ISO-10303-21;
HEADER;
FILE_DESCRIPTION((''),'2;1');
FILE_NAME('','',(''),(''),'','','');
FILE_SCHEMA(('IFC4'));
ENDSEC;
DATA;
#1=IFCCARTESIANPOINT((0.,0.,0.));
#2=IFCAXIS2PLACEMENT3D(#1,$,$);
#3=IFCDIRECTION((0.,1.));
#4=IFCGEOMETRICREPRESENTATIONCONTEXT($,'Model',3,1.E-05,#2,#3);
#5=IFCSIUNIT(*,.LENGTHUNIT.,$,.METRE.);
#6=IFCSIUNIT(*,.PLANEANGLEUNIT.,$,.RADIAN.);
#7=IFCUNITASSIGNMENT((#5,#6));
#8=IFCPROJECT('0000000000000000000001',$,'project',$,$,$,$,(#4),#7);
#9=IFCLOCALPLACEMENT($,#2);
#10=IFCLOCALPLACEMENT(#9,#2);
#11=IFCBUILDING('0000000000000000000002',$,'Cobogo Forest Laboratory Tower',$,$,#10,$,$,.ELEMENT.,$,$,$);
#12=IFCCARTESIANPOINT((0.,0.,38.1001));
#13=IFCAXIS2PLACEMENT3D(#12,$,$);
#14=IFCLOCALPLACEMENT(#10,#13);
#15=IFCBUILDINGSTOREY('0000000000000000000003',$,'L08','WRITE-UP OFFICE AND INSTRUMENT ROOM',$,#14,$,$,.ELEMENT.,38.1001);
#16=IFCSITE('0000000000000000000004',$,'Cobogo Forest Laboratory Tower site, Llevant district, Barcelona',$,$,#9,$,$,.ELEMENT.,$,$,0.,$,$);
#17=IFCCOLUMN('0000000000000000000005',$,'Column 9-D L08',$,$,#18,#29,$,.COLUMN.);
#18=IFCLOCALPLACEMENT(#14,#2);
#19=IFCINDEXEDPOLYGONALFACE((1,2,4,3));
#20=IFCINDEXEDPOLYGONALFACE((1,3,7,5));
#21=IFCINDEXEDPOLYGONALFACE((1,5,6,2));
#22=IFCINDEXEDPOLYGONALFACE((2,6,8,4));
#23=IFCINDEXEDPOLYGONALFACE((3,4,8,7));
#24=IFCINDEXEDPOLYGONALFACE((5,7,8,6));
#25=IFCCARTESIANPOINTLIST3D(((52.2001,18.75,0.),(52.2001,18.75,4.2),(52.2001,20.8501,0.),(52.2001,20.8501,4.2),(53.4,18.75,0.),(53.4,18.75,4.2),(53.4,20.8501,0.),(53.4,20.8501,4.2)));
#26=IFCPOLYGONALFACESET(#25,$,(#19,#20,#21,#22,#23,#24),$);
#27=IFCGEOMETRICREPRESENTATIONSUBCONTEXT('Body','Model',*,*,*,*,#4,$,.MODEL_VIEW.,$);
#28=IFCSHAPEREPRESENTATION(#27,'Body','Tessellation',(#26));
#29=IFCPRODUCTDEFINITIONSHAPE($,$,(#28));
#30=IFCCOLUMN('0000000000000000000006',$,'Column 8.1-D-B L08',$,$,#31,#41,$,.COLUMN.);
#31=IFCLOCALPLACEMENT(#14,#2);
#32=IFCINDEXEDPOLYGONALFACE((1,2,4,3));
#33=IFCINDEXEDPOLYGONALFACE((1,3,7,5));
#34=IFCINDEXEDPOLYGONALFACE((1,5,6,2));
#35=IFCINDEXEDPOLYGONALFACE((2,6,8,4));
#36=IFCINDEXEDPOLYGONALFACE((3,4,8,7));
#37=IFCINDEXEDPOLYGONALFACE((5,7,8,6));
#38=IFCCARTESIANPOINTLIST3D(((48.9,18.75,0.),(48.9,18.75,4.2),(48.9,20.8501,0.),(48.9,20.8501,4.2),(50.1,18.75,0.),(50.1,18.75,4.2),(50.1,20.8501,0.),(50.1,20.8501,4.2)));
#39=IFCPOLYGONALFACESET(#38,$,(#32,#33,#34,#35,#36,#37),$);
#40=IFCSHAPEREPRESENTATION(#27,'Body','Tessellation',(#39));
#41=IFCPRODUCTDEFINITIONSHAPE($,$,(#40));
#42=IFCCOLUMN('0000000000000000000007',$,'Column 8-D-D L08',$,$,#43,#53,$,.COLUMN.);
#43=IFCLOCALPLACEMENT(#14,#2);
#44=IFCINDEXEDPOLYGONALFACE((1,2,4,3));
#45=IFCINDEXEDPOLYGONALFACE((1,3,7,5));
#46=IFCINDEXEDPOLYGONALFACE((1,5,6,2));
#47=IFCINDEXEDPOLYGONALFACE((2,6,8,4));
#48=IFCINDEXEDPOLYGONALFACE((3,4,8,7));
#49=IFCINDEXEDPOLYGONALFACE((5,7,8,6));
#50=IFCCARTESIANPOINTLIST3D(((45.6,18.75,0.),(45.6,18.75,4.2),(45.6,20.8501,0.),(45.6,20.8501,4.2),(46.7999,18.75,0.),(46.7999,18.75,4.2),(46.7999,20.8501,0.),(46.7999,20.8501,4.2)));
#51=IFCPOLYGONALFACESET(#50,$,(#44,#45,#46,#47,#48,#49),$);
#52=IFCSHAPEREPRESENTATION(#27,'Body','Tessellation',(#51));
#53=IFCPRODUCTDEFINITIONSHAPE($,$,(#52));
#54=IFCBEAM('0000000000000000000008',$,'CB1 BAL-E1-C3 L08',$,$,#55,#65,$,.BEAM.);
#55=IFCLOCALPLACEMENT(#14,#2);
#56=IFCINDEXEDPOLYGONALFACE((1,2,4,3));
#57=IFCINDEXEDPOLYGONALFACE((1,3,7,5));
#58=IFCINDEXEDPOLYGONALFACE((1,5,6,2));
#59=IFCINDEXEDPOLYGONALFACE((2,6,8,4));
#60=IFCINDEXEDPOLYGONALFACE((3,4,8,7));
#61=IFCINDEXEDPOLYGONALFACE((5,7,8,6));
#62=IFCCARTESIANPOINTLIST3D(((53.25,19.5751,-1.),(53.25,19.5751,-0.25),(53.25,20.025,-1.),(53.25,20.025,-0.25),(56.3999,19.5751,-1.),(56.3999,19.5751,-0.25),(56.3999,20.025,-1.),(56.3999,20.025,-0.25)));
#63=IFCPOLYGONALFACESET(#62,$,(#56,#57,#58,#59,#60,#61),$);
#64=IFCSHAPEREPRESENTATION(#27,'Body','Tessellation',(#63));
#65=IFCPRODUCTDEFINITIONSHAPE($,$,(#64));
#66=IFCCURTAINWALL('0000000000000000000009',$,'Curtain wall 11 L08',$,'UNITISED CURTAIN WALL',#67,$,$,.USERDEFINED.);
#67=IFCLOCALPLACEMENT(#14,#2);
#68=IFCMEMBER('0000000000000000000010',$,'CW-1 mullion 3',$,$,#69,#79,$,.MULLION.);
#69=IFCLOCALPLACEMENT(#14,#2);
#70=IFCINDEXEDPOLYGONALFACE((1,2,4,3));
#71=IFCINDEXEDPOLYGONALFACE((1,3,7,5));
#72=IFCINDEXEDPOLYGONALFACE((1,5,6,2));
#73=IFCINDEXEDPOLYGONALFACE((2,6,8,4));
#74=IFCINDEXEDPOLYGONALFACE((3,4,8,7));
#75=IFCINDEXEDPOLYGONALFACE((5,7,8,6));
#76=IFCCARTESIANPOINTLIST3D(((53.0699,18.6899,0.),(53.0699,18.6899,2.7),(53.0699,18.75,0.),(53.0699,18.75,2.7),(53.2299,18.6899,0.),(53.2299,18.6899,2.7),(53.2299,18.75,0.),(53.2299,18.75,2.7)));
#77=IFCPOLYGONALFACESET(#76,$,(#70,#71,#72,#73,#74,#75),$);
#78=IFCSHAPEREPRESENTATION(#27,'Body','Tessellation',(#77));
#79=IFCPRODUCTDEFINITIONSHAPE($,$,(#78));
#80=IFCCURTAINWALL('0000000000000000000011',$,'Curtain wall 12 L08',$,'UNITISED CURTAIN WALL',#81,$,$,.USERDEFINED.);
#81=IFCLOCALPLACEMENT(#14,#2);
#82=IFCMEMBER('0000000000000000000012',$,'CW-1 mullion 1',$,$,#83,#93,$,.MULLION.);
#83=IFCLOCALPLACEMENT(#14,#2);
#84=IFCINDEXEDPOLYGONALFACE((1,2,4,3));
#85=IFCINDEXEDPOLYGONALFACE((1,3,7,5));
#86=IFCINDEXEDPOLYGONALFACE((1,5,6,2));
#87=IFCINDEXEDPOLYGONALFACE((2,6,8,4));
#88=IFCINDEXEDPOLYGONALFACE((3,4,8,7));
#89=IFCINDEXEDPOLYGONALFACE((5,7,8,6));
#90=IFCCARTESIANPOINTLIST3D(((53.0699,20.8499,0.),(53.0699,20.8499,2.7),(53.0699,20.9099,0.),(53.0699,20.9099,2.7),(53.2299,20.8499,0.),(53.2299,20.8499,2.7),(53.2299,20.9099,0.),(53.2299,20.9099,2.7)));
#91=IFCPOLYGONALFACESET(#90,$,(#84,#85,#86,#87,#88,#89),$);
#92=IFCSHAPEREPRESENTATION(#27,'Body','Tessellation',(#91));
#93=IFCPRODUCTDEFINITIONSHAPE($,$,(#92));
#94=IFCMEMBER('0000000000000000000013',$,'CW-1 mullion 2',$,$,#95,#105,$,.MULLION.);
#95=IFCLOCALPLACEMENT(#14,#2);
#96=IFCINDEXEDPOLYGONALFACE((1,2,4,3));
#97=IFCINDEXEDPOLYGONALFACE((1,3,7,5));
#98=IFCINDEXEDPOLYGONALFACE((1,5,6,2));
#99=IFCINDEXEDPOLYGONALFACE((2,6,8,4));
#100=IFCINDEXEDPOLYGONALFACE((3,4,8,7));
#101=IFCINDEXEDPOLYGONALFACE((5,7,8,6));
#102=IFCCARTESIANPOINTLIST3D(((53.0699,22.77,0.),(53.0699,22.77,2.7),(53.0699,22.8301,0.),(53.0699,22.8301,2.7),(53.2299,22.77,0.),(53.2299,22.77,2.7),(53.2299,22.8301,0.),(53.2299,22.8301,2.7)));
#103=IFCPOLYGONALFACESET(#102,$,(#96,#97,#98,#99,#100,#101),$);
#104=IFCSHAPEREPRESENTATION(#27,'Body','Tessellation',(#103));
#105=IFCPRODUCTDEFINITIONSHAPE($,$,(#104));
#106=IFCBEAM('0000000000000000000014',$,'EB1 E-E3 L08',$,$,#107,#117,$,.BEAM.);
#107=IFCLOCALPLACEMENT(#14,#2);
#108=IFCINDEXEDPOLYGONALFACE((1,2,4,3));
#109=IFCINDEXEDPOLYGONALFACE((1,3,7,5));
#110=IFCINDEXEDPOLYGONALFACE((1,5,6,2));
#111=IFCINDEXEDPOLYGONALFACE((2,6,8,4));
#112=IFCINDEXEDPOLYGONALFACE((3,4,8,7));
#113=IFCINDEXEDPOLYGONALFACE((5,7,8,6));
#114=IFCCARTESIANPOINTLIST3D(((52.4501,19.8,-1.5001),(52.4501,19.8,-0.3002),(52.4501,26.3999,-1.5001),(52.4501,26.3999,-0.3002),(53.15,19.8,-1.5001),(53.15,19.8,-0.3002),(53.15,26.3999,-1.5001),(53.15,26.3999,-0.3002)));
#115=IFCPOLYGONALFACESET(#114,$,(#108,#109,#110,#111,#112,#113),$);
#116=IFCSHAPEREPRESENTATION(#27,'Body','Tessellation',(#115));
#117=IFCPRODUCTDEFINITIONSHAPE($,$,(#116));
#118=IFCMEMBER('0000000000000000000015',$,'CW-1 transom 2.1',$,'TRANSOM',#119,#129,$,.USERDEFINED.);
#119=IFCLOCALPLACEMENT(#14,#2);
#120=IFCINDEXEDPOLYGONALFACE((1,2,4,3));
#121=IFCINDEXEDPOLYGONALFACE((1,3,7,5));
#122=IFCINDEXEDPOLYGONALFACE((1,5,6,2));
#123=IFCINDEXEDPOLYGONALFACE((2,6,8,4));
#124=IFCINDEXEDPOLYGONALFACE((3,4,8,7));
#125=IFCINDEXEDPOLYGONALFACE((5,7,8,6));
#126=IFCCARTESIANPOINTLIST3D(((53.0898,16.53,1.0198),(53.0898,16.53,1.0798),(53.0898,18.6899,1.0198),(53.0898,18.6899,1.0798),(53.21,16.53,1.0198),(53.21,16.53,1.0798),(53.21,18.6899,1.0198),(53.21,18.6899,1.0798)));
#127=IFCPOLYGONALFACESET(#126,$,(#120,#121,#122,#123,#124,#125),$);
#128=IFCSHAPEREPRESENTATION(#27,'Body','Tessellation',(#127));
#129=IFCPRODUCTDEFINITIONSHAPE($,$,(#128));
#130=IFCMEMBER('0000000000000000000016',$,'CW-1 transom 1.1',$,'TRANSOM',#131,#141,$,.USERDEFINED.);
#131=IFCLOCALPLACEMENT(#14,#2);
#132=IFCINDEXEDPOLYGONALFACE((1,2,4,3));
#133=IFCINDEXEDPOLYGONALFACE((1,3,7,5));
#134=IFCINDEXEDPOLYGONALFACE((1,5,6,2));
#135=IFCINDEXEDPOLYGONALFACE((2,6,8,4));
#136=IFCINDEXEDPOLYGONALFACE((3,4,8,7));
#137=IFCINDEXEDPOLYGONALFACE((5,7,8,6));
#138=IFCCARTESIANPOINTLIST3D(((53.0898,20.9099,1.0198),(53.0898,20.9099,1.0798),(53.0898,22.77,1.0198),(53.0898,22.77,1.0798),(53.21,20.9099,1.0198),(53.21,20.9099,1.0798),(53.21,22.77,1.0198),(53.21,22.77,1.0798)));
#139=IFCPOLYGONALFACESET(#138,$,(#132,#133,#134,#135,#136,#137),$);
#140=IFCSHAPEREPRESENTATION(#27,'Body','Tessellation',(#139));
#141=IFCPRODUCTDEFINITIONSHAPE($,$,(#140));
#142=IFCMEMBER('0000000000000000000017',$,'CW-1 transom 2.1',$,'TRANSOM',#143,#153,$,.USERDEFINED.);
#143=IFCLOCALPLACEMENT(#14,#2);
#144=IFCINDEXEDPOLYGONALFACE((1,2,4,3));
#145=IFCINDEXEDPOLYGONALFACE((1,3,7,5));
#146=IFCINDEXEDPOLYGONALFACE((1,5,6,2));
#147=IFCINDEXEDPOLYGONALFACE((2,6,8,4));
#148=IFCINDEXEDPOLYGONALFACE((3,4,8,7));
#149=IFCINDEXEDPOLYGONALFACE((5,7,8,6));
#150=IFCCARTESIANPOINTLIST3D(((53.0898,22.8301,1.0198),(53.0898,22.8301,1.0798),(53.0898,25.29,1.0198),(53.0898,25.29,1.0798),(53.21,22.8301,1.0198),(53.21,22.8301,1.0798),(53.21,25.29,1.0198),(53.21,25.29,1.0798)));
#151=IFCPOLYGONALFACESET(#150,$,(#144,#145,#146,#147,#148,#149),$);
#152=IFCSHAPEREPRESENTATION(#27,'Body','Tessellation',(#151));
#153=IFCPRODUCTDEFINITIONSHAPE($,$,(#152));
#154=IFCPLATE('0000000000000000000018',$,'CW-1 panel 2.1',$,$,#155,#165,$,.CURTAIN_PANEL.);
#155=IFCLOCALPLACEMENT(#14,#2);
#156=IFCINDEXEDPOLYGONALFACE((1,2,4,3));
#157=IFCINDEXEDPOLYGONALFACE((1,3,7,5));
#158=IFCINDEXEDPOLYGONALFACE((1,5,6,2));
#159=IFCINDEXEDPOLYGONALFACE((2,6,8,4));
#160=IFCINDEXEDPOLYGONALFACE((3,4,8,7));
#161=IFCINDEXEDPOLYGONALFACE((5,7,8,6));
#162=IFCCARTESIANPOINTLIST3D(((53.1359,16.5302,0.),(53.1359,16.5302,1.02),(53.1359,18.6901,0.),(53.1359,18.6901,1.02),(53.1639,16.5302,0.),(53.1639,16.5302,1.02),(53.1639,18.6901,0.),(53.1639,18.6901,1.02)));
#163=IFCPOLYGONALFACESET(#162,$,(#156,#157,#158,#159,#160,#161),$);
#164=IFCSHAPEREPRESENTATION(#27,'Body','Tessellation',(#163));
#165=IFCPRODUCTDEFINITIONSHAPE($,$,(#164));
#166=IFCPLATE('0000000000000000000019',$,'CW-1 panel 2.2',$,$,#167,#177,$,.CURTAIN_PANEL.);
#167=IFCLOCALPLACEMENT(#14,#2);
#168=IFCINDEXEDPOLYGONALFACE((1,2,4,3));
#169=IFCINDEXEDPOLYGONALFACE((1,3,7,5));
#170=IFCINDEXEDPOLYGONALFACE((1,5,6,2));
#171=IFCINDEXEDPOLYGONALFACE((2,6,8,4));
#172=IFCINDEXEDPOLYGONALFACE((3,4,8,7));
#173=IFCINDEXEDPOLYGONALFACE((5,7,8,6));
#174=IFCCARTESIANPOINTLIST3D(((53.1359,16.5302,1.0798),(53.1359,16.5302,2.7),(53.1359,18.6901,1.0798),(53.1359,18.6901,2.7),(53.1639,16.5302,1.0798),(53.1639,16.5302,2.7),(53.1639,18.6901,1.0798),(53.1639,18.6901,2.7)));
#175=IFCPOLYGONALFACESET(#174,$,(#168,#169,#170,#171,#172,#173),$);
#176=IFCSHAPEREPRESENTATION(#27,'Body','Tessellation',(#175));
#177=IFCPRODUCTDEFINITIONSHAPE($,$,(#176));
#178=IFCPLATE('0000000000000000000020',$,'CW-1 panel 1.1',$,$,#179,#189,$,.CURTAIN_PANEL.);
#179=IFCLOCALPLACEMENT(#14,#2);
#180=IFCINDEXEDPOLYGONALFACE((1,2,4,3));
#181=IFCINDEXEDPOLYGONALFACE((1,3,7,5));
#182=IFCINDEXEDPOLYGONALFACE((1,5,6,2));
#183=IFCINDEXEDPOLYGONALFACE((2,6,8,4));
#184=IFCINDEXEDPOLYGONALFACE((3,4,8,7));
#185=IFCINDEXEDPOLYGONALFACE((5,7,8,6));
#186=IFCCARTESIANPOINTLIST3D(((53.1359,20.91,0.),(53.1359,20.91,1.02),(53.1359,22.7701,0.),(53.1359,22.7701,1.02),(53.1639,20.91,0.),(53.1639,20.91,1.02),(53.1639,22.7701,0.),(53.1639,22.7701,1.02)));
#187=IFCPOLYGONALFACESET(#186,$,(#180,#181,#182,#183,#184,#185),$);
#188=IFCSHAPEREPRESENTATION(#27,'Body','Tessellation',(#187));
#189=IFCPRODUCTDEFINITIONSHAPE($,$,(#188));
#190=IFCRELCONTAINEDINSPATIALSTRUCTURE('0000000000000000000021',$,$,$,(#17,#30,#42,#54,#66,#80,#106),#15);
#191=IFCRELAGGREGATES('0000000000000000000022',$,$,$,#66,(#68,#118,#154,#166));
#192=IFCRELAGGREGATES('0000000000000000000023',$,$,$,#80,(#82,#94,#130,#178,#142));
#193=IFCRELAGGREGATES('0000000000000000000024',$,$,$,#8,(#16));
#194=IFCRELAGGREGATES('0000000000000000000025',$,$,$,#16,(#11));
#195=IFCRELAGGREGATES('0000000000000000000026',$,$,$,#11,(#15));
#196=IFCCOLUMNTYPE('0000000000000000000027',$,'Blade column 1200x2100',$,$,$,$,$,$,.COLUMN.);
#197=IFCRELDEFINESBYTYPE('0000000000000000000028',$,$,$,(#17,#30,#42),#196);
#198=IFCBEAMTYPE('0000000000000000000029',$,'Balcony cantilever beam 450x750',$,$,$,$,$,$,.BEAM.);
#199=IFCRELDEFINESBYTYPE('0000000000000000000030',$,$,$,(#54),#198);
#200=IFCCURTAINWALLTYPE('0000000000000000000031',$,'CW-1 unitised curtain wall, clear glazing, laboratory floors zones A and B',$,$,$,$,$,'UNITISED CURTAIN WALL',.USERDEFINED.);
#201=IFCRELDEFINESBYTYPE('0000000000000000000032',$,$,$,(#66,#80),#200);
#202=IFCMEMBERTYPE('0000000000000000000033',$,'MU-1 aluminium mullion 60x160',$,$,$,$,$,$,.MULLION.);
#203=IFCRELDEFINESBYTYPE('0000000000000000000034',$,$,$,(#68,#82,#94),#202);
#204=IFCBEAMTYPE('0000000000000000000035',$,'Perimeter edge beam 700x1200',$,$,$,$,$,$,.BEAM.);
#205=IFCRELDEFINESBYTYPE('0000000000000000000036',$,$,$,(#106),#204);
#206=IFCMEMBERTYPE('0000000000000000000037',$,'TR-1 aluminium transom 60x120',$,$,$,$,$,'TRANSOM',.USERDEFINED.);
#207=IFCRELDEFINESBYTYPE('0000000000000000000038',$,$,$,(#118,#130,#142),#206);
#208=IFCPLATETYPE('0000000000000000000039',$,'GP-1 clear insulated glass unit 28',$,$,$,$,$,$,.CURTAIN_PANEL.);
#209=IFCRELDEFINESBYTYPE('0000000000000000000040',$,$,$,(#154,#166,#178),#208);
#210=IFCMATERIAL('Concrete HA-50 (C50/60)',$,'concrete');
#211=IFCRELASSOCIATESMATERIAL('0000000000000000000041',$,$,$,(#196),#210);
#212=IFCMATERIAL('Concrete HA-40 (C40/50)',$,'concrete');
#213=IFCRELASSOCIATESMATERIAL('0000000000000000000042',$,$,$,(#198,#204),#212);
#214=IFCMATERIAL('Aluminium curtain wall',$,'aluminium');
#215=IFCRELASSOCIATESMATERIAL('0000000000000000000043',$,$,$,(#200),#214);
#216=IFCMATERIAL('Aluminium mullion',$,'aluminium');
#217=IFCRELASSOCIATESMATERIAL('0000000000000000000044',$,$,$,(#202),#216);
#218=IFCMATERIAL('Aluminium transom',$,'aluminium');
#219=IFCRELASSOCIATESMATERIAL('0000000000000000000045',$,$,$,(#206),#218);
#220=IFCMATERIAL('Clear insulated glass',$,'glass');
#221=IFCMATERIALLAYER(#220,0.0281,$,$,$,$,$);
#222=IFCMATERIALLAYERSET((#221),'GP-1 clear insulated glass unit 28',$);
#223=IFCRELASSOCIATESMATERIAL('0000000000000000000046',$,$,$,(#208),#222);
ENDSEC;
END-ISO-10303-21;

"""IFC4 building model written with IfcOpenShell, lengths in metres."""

from ifc_helpers import new_model, si_unit, direction, frame, origin, origin_2d, place, context, subcontext, project, spatial, rectangle, extrude, material, layer, layer_set, material_profile, profile_set, type_object, element, aggregate, save


model = new_model("IFC4")

# Units and contexts
model_context = context("Model", 3, precision=1e-05, world=origin(), true_north=direction((0.0, 1.0)))
body_context = subcontext(model_context, "Body", "Model", "MODEL_VIEW")
ifc_project = project(units=[si_unit("LENGTHUNIT", "METRE"), si_unit("PLANEANGLEUNIT", "RADIAN")], contexts=[model_context])

# Site, building, storey
site_placement = place(None, origin())
site = spatial("IfcSite", under=ifc_project, at=site_placement, Name="Cobogo Forest Laboratory Tower site, Llevant district, Barcelona", CompositionType="ELEMENT", RefElevation=0.0)
building_placement = place(site_placement, origin())
building = spatial("IfcBuilding", under=site, at=building_placement, Name="Cobogo Forest Laboratory Tower", CompositionType="ELEMENT")
storey_placement = place(building_placement, frame((0.0, 0.0, 38.1001)))
storey = spatial("IfcBuildingStorey", under=building, at=storey_placement, Name="L08", Description="WRITE-UP OFFICE AND INSTRUMENT ROOM", CompositionType="ELEMENT", Elevation=38.1001)

# Columns
ifc_material_1 = material(Name="Concrete HA-50 (C50/60)", Category="concrete")
ifc_material_profile_1 = material_profile(ifc_material_1, rectangle(XDim=2.1001, YDim=1.2, at=origin_2d()), Name="RC 1200x2100")
ifc_profile_set_1 = profile_set([ifc_material_profile_1], Name="Concrete HA-50 (C50/60)")
column_type = type_object("IfcColumnType", Name="Blade column 1200x2100", PredefinedType="COLUMN", material=ifc_profile_set_1)
for number, where, z_axis, x_axis, name in (
    (1, (52.8, 19.8, 0.0), (0.0, 0.0, 1.0), (0.0, 1.0, 0.0), "Column 9-D L08"),
    (2, (49.5, 19.8, 0.0), (0.0, 0.0, 1.0), (0.0, 1.0, 0.0), "Column 8.1-D-B L08"),
    (3, (46.2, 19.8, 0.0), (0.0, 0.0, 1.0), (0.0, 1.0, 0.0), "Column 8-D-D L08"),
):
    element("IfcColumn", number, at=place(storey_placement, frame(where, z_axis=z_axis, x_axis=x_axis)), inside=storey, type_object=column_type, Name=name, PredefinedType="COLUMN", context=body_context, shape_type="SweptSolid", body=[
        extrude(rectangle(XDim=2.1001, YDim=1.2, at=origin_2d()), origin(), (0.0, 0.0, 1.0), 4.2),
    ])

# Beam
ifc_material_2 = material(Name="Concrete HA-40 (C40/50)", Category="concrete")
ifc_material_profile_2 = material_profile(ifc_material_2, rectangle(XDim=0.45, YDim=0.75, at=origin_2d()), Name="RC 450x750")
ifc_profile_set_2 = profile_set([ifc_material_profile_2], Name="Concrete HA-40 (C40/50)")
beam_type_1 = type_object("IfcBeamType", Name="Balcony cantilever beam 450x750", PredefinedType="BEAM", material=ifc_profile_set_2)
beam_1_placement = place(storey_placement, frame((53.25, 19.8, -0.625), z_axis=(1.0, 0.0, 0.0), x_axis=(0.0, 1.0, 0.0)))
element("IfcBeam", 4, at=beam_1_placement, inside=storey, type_object=beam_type_1, Name="CB1 BAL-E1-C3 L08", PredefinedType="BEAM", context=body_context, shape_type="SweptSolid", body=[
    extrude(rectangle(XDim=0.45, YDim=0.75, at=origin_2d()), origin(), (0.0, 0.0, 1.0), 3.1499),
])

# Curtain wall, member
ifc_material_3 = material(Name="Aluminium curtain wall", Category="aluminium")
curtain_wall_type = type_object("IfcCurtainWallType", Name="CW-1 unitised curtain wall, clear glazing, laboratory floors zones A and B", ElementType="UNITISED CURTAIN WALL", PredefinedType="USERDEFINED", material=ifc_material_3)
curtain_wall_1_placement = place(storey_placement, origin())
curtain_wall_1 = element("IfcCurtainWall", 5, at=curtain_wall_1_placement, inside=storey, type_object=curtain_wall_type, Name="Curtain wall 11 L08", ObjectType="UNITISED CURTAIN WALL", PredefinedType="USERDEFINED")
ifc_material_4 = material(Name="Aluminium mullion", Category="aluminium")
ifc_material_profile_3 = material_profile(ifc_material_4, rectangle(XDim=0.0601, YDim=0.1599, at=origin_2d()), Name="AL 60x160")
ifc_profile_set_3 = profile_set([ifc_material_profile_3], Name="Aluminium mullion")
member_type_1 = type_object("IfcMemberType", Name="MU-1 aluminium mullion 60x160", PredefinedType="MULLION", material=ifc_profile_set_3)
member_1_placement = place(storey_placement, frame((53.1499, 18.72, 0.0), z_axis=(0.0, 0.0, 1.0), x_axis=(0.0, 1.0, 0.0)))
member_1 = element("IfcMember", 6, at=member_1_placement, type_object=member_type_1, Name="CW-1 mullion 3", PredefinedType="MULLION", context=body_context, shape_type="SweptSolid", body=[
    extrude(rectangle(XDim=0.0601, YDim=0.1599, at=origin_2d()), origin(), (0.0, 0.0, 1.0), 2.7),
])

# Curtain wall, members
curtain_wall_2_placement = place(storey_placement, origin())
curtain_wall_2 = element("IfcCurtainWall", 7, at=curtain_wall_2_placement, inside=storey, type_object=curtain_wall_type, Name="Curtain wall 12 L08", ObjectType="UNITISED CURTAIN WALL", PredefinedType="USERDEFINED")
member_2_placement = place(storey_placement, frame((53.1499, 20.8799, 0.0), z_axis=(0.0, 0.0, 1.0), x_axis=(0.0, 1.0, 0.0)))
member_2 = element("IfcMember", 8, at=member_2_placement, type_object=member_type_1, Name="CW-1 mullion 1", PredefinedType="MULLION", context=body_context, shape_type="SweptSolid", body=[
    extrude(rectangle(XDim=0.0601, YDim=0.1599, at=origin_2d()), origin(), (0.0, 0.0, 1.0), 2.7),
])
member_3_placement = place(storey_placement, frame((53.1499, 22.8, 0.0), z_axis=(0.0, 0.0, 1.0), x_axis=(0.0, 1.0, 0.0)))
member_3 = element("IfcMember", 9, at=member_3_placement, type_object=member_type_1, Name="CW-1 mullion 2", PredefinedType="MULLION", context=body_context, shape_type="SweptSolid", body=[
    extrude(rectangle(XDim=0.0601, YDim=0.1599, at=origin_2d()), origin(), (0.0, 0.0, 1.0), 2.7),
])

# Beam
ifc_material_profile_4 = material_profile(ifc_material_2, rectangle(XDim=0.7, YDim=1.2, at=origin_2d()), Name="RC 700x1200")
ifc_profile_set_4 = profile_set([ifc_material_profile_4], Name="Concrete HA-40 (C40/50)")
beam_type_2 = type_object("IfcBeamType", Name="Perimeter edge beam 700x1200", PredefinedType="BEAM", material=ifc_profile_set_4)
beam_2_placement = place(storey_placement, frame((52.8, 19.8, -0.9001), z_axis=(0.0, 1.0, 0.0), x_axis=(-1.0, 0.0, 0.0)))
element("IfcBeam", 10, at=beam_2_placement, inside=storey, type_object=beam_type_2, Name="EB1 E-E3 L08", PredefinedType="BEAM", context=body_context, shape_type="SweptSolid", body=[
    extrude(rectangle(XDim=0.7, YDim=1.2, at=origin_2d()), origin(), (0.0, 0.0, 1.0), 6.5999),
])

# Members
ifc_material_5 = material(Name="Aluminium transom", Category="aluminium")
ifc_material_profile_5 = material_profile(ifc_material_5, rectangle(XDim=0.1201, YDim=0.0601, at=origin_2d()), Name="AL 60x120")
ifc_profile_set_5 = profile_set([ifc_material_profile_5], Name="Aluminium transom")
member_type_2 = type_object("IfcMemberType", Name="TR-1 aluminium transom 60x120", ElementType="TRANSOM", PredefinedType="USERDEFINED", material=ifc_profile_set_5)
member_4_placement = place(storey_placement, frame((53.1499, 16.53, 1.0498), z_axis=(0.0, 1.0, 0.0), x_axis=(-1.0, 0.0, 0.0)))
member_4 = element("IfcMember", 11, at=member_4_placement, type_object=member_type_2, Name="CW-1 transom 2.1", ObjectType="TRANSOM", PredefinedType="USERDEFINED", context=body_context, shape_type="SweptSolid", body=[
    extrude(rectangle(XDim=0.1201, YDim=0.0601, at=origin_2d()), origin(), (0.0, 0.0, 1.0), 2.1599),
])
member_5_placement = place(storey_placement, frame((53.1499, 20.9099, 1.0498), z_axis=(0.0, 1.0, 0.0), x_axis=(-1.0, 0.0, 0.0)))
member_5 = element("IfcMember", 12, at=member_5_placement, type_object=member_type_2, Name="CW-1 transom 1.1", ObjectType="TRANSOM", PredefinedType="USERDEFINED", context=body_context, shape_type="SweptSolid", body=[
    extrude(rectangle(XDim=0.1201, YDim=0.0601, at=origin_2d()), origin(), (0.0, 0.0, 1.0), 1.8601),
])
member_6_placement = place(storey_placement, frame((53.1499, 22.8301, 1.0498), z_axis=(0.0, 1.0, 0.0), x_axis=(-1.0, 0.0, 0.0)))
member_6 = element("IfcMember", 13, at=member_6_placement, type_object=member_type_2, Name="CW-1 transom 2.1", ObjectType="TRANSOM", PredefinedType="USERDEFINED", context=body_context, shape_type="SweptSolid", body=[
    extrude(rectangle(XDim=0.1201, YDim=0.0601, at=origin_2d()), origin(), (0.0, 0.0, 1.0), 2.46),
])

# Plates
ifc_material_6 = material(Name="Clear insulated glass", Category="glass")
ifc_layer_1 = layer(ifc_material_6, 0.0281)
ifc_layer_set_1 = layer_set([ifc_layer_1], Name="GP-1 clear insulated glass unit 28")
plate_type_1 = type_object("IfcPlateType", Name="GP-1 clear insulated glass unit 28", PredefinedType="CURTAIN_PANEL", material=ifc_layer_set_1)
plate_1_placement = place(storey_placement, frame((53.1499, 17.6101, 0.0), z_axis=(0.0, 0.0, 1.0), x_axis=(0.0, 1.0, 0.0)))
plate_1 = element("IfcPlate", 14, at=plate_1_placement, type_object=plate_type_1, Name="CW-1 panel 2.1", PredefinedType="CURTAIN_PANEL", context=body_context, shape_type="SweptSolid", body=[
    extrude(rectangle(XDim=2.1599, YDim=0.0281, at=origin_2d()), origin(), (0.0, 0.0, 1.0), 1.02),
])
plate_2_placement = place(storey_placement, frame((53.1499, 17.6101, 1.0798), z_axis=(0.0, 0.0, 1.0), x_axis=(0.0, 1.0, 0.0)))
plate_2 = element("IfcPlate", 15, at=plate_2_placement, type_object=plate_type_1, Name="CW-1 panel 2.2", PredefinedType="CURTAIN_PANEL", context=body_context, shape_type="SweptSolid", body=[
    extrude(rectangle(XDim=2.1599, YDim=0.0281, at=origin_2d()), origin(), (0.0, 0.0, 1.0), 1.6201),
])
aggregate(curtain_wall_1, [member_1, member_4, plate_1, plate_2])
plate_3_placement = place(storey_placement, frame((53.1499, 21.8401, 0.0), z_axis=(0.0, 0.0, 1.0), x_axis=(0.0, 1.0, 0.0)))
plate_3 = element("IfcPlate", 16, at=plate_3_placement, type_object=plate_type_1, Name="CW-1 panel 1.1", PredefinedType="CURTAIN_PANEL", context=body_context, shape_type="SweptSolid", body=[
    extrude(rectangle(XDim=1.8601, YDim=0.0281, at=origin_2d()), origin(), (0.0, 0.0, 1.0), 1.02),
])
aggregate(curtain_wall_2, [member_2, member_3, member_5, plate_3, member_6])

save(model, "model.ifc")
